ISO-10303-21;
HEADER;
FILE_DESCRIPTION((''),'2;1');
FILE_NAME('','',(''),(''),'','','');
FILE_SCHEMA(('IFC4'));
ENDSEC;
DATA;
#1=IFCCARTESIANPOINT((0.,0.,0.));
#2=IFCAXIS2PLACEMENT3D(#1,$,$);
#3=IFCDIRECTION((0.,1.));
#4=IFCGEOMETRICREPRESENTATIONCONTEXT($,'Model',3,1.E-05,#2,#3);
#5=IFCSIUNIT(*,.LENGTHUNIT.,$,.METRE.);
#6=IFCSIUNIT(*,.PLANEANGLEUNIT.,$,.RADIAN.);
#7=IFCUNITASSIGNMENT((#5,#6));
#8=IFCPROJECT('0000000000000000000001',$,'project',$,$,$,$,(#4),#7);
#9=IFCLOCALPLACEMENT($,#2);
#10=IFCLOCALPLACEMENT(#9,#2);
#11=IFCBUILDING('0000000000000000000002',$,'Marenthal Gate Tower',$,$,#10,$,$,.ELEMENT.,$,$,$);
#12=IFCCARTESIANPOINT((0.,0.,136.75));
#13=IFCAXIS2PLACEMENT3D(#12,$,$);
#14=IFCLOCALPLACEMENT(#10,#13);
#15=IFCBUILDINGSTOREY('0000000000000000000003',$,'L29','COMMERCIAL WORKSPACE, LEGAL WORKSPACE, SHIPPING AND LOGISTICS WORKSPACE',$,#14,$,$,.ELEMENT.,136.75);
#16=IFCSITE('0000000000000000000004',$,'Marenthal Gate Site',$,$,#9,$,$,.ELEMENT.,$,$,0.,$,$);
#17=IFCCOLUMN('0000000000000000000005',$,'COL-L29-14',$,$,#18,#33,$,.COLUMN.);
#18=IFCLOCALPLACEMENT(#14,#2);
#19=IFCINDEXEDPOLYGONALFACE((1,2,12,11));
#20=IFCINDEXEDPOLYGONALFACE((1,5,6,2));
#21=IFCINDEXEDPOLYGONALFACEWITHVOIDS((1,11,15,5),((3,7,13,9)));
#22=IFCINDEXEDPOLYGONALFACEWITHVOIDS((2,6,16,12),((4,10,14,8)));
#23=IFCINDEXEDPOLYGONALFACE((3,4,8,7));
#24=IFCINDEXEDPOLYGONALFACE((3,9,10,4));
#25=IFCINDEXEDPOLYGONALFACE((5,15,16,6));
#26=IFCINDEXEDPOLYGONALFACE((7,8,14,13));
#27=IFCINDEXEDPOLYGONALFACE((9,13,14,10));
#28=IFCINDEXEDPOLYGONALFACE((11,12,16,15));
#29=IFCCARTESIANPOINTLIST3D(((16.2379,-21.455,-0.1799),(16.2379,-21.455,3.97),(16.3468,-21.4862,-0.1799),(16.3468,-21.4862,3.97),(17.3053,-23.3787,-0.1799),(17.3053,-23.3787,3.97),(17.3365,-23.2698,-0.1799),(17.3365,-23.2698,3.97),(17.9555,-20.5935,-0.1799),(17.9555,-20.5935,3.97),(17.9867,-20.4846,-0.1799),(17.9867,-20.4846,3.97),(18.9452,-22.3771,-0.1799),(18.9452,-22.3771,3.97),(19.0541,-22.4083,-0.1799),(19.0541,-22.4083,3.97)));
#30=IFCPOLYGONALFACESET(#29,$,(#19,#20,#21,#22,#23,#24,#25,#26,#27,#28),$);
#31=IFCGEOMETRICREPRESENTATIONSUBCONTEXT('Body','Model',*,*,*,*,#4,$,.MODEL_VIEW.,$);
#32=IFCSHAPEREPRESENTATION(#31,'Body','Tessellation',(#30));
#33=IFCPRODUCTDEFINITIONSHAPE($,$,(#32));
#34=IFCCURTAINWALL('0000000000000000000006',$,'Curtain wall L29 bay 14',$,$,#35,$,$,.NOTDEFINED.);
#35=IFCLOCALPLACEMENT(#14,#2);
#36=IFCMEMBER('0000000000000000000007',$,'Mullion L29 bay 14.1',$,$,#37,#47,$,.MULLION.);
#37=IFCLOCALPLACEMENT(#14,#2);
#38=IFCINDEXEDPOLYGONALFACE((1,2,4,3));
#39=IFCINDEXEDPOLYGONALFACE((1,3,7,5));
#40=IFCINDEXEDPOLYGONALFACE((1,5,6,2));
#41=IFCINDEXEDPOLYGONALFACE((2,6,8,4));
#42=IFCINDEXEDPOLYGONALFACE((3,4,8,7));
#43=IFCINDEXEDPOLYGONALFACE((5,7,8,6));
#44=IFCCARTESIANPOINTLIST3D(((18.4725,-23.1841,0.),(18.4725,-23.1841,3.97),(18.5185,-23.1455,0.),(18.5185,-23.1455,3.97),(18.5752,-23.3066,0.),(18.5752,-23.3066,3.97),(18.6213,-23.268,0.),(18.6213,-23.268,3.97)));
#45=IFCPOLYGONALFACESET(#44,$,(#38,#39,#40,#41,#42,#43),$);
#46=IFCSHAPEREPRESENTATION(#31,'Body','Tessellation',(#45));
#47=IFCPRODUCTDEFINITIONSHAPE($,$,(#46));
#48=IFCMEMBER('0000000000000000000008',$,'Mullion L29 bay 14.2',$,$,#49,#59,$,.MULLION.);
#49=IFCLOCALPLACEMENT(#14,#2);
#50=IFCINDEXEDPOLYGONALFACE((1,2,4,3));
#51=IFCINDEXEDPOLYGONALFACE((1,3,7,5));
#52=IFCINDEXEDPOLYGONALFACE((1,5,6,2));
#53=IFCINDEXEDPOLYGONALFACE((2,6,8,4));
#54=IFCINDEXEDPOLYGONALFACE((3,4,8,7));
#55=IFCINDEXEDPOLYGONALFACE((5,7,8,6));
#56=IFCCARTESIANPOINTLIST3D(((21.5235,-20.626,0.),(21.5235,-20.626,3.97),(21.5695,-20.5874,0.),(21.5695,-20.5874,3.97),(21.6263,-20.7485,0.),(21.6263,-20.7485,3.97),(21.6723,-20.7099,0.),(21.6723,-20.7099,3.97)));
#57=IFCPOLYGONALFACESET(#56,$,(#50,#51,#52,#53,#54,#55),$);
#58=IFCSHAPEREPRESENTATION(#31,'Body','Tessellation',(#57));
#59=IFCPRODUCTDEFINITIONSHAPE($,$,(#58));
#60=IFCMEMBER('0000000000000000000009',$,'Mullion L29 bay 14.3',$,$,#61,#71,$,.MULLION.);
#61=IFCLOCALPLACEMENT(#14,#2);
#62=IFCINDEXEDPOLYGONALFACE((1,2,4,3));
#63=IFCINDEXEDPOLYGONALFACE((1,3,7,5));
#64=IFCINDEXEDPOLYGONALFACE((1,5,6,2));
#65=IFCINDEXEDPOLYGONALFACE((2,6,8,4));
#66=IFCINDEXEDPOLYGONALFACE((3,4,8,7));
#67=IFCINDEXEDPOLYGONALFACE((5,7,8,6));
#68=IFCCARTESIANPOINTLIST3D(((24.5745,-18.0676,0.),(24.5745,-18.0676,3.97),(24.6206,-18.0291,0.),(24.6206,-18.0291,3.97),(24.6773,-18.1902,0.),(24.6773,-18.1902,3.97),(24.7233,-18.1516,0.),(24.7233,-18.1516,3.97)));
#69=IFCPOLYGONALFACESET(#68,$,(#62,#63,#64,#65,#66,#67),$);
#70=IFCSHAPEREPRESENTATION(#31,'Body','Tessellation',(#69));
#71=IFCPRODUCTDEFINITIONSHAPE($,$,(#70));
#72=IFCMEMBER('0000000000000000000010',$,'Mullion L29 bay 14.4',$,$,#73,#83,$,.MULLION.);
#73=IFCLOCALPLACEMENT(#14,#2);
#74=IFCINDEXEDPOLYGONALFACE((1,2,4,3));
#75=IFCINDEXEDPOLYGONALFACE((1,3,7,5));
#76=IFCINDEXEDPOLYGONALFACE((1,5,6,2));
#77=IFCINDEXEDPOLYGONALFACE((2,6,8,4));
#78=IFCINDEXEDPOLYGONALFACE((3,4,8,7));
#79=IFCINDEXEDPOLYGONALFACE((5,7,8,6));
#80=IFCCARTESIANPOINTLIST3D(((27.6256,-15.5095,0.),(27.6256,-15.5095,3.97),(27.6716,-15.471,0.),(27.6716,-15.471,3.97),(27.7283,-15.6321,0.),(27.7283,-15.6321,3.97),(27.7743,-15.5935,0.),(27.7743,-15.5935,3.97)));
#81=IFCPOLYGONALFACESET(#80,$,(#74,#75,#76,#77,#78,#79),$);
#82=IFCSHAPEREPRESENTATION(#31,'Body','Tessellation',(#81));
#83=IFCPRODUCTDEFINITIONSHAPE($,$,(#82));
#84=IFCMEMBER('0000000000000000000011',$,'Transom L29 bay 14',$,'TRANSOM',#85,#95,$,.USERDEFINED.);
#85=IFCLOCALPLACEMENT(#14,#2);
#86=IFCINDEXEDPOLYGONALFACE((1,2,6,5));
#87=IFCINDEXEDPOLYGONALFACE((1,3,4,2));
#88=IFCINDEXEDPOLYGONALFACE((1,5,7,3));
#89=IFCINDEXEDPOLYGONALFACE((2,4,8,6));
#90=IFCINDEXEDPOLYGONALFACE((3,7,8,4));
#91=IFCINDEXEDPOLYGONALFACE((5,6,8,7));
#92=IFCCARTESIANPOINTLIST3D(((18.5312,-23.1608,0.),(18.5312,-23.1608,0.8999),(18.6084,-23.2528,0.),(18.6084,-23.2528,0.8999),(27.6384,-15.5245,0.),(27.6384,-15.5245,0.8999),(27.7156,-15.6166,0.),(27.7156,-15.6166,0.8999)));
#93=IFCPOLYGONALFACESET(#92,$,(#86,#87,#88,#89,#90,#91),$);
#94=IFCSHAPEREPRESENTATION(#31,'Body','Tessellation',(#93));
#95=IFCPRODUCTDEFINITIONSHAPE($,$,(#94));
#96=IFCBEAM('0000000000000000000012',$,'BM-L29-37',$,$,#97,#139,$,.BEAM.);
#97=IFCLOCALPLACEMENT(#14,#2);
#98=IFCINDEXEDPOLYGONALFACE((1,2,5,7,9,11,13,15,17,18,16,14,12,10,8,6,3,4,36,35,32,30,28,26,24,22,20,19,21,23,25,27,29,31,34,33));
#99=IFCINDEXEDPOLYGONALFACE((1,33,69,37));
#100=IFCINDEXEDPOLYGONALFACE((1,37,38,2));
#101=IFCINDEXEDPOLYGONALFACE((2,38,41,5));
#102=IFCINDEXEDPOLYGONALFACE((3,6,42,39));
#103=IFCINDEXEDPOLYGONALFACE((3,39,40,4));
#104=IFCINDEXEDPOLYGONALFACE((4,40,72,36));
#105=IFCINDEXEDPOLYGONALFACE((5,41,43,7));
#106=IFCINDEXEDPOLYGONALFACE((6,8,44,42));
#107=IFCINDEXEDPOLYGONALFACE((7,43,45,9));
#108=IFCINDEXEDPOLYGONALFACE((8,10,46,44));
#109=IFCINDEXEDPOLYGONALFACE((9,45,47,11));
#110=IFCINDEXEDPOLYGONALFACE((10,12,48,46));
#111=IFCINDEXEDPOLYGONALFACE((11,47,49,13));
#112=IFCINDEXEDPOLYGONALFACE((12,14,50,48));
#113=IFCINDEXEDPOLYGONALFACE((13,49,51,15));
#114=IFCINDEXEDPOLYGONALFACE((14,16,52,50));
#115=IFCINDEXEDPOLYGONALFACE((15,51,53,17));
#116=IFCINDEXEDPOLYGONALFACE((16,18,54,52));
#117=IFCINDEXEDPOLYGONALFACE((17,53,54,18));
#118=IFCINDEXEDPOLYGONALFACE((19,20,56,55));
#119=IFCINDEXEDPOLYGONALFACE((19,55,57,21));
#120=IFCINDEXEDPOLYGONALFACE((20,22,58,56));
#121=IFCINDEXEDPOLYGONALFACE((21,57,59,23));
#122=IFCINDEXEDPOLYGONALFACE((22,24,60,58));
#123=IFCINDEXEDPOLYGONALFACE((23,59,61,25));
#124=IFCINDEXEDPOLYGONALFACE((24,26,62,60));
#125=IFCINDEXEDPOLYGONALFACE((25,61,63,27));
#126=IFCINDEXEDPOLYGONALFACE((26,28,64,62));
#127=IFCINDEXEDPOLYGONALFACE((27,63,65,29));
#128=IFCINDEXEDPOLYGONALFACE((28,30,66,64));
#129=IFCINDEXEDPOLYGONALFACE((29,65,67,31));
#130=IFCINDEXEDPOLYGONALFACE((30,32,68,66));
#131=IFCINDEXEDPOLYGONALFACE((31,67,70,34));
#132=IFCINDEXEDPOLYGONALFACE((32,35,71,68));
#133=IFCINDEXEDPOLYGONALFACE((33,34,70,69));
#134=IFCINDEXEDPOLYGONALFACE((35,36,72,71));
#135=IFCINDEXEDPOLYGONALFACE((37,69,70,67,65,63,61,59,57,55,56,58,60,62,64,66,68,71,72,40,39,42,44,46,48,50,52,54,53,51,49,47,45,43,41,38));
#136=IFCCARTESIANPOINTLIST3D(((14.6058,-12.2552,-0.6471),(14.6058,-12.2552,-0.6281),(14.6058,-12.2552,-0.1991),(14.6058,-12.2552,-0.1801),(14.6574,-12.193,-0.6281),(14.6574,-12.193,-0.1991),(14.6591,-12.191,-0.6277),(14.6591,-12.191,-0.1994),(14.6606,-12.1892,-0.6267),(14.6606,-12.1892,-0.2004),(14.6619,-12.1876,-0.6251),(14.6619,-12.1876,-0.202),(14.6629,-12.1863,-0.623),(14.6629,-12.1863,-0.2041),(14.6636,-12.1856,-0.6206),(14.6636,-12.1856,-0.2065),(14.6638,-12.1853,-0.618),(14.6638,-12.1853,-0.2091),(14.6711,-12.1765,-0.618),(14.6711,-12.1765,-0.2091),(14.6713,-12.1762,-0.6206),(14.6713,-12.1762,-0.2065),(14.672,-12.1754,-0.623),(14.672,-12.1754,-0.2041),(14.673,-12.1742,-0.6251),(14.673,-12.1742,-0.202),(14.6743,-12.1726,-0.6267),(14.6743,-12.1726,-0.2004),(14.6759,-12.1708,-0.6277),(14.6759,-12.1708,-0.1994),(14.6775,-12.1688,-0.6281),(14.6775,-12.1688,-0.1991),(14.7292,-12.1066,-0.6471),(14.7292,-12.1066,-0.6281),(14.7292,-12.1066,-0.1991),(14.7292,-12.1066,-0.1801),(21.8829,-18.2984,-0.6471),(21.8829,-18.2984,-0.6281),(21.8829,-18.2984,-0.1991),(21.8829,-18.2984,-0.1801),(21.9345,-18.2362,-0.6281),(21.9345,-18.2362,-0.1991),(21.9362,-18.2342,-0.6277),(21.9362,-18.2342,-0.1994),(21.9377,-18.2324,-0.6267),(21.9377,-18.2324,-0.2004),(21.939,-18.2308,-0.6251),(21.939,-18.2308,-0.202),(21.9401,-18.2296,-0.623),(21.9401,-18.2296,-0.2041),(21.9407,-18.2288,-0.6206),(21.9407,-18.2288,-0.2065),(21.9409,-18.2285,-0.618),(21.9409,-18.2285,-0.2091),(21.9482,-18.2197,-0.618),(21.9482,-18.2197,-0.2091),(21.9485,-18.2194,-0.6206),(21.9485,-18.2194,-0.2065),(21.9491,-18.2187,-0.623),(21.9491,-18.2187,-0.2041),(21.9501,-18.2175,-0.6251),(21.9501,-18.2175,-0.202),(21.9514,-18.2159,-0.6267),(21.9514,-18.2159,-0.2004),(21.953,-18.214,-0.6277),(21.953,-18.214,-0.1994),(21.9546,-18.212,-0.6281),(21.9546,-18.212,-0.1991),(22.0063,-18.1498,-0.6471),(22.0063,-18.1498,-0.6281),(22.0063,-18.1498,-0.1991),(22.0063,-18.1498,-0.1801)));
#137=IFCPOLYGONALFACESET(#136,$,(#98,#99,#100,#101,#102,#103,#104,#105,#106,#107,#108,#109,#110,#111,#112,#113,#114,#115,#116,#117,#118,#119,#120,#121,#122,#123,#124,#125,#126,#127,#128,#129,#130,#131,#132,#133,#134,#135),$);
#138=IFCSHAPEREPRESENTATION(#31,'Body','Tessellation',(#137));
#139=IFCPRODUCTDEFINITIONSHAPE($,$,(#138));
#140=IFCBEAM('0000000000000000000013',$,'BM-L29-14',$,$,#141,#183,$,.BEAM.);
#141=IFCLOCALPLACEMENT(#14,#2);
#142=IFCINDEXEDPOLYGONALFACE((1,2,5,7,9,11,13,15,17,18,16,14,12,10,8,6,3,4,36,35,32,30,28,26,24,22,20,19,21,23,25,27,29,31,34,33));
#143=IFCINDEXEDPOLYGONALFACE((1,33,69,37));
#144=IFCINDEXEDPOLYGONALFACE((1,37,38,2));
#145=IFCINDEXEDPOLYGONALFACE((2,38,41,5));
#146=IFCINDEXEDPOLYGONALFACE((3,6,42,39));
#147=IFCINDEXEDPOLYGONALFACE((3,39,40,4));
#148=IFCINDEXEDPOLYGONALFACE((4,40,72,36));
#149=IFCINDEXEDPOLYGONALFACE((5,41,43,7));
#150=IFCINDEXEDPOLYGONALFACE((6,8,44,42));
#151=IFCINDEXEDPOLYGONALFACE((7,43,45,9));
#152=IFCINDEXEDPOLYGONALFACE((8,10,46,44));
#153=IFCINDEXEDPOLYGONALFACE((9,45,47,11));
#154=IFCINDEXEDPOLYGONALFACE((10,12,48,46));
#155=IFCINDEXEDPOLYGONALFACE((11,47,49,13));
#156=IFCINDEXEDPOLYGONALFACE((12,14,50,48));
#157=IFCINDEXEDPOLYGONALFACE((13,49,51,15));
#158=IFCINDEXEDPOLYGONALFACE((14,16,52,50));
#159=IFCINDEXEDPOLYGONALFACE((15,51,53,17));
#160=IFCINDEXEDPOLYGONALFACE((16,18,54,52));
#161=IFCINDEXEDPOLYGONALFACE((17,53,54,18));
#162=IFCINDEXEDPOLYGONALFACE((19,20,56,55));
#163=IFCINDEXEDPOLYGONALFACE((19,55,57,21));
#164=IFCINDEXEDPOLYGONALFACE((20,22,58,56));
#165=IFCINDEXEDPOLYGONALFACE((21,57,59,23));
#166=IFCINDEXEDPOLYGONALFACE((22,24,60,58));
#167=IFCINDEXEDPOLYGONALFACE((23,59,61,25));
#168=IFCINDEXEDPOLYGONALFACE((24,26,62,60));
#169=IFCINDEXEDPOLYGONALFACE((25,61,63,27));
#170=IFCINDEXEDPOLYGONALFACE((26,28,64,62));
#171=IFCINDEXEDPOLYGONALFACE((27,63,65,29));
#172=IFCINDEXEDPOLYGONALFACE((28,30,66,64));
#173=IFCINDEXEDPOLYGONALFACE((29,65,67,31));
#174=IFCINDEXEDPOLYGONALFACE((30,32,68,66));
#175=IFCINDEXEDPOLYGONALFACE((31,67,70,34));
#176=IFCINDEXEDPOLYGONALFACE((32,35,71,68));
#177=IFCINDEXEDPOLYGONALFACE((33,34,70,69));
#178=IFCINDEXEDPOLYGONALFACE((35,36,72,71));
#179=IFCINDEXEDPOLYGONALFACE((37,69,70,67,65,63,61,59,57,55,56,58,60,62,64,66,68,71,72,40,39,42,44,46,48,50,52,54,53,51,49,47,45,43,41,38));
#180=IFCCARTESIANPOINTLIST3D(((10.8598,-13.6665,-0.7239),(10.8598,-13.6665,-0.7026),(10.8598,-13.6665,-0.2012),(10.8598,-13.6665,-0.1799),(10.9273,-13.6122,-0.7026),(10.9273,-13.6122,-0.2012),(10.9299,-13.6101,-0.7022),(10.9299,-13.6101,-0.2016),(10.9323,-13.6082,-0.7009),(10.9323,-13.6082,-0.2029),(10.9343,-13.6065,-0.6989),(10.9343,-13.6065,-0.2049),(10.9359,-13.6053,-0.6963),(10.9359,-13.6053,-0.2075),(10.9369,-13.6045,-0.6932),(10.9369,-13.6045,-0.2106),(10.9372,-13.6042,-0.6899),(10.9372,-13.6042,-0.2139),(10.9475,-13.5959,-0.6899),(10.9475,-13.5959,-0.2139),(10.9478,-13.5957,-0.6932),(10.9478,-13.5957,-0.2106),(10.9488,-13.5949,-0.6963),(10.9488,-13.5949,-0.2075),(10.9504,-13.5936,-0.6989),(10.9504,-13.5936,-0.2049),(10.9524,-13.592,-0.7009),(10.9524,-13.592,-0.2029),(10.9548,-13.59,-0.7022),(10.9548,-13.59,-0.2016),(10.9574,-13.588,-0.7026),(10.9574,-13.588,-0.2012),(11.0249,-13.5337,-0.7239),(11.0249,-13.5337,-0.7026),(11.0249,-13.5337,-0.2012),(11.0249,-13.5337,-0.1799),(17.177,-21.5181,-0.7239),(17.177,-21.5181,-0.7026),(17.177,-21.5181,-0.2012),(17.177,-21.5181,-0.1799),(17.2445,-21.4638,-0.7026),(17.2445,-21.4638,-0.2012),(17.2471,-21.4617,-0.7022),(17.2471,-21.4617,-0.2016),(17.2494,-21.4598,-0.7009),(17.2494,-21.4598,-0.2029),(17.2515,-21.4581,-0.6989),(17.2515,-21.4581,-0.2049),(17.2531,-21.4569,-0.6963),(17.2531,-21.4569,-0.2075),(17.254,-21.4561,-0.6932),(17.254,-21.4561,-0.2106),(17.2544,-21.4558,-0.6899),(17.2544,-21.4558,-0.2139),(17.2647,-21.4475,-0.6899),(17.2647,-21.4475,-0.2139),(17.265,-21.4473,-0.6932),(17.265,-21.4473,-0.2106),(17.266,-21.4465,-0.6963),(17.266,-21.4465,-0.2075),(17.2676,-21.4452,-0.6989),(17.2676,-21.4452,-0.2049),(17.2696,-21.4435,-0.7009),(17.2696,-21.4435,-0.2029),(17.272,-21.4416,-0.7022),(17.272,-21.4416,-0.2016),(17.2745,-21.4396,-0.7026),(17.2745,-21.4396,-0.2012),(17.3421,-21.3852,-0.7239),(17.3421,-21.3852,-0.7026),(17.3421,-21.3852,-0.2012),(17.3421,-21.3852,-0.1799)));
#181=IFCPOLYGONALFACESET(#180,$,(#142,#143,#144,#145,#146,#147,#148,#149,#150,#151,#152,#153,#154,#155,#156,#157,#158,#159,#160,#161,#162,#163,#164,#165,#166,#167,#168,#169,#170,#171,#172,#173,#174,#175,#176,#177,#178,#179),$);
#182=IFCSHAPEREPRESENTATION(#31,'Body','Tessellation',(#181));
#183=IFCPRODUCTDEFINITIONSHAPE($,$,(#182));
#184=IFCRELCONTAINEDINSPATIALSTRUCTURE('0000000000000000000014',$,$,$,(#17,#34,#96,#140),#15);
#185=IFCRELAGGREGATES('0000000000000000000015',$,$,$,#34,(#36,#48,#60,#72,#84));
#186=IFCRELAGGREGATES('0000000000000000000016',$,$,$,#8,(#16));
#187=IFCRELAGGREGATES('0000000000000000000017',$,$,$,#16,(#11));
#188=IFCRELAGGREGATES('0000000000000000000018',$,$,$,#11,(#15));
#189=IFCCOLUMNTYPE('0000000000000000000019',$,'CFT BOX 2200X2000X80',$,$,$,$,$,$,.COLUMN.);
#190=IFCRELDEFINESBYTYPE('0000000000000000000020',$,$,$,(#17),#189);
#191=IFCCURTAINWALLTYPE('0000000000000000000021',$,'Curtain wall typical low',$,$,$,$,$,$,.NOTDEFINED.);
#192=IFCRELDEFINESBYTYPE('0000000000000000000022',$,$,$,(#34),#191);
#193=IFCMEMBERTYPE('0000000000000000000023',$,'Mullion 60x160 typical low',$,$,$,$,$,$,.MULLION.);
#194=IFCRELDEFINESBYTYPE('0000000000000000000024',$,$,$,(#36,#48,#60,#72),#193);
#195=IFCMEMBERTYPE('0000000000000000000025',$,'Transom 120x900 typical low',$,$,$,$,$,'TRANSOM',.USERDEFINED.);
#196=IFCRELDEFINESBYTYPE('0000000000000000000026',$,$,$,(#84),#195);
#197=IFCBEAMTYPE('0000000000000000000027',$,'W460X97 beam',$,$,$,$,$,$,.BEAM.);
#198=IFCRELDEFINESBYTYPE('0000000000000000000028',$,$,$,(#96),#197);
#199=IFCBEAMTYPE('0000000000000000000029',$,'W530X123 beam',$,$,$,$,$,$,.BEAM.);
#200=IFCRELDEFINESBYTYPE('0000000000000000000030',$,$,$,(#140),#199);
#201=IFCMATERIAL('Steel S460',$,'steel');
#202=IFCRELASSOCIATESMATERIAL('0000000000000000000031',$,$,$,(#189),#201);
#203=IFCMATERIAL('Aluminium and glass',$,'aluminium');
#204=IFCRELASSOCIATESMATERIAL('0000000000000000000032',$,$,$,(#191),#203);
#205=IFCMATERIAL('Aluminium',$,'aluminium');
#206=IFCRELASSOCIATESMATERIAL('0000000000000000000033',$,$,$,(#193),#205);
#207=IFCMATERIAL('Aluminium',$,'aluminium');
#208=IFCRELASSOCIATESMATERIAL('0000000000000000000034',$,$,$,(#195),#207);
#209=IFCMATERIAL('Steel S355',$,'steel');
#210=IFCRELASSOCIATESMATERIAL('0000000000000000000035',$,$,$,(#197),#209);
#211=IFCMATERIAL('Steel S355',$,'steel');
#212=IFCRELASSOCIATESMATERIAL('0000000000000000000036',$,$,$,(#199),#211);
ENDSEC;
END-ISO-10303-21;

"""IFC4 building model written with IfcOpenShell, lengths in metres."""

from ifc_helpers import new_model, si_unit, direction, frame, origin, origin_2d, place, context, subcontext, project, spatial, rectangle, hollow_rectangle, i_section, extrude, material, material_profile, profile_set, type_object, element, aggregate, save


model = new_model("IFC4")

# Units and contexts
model_context = context("Model", 3, precision=1e-05, world=origin(), true_north=direction((0.0, 1.0)))
body_context = subcontext(model_context, "Body", "Model", "MODEL_VIEW")
ifc_project = project(units=[si_unit("LENGTHUNIT", "METRE"), si_unit("PLANEANGLEUNIT", "RADIAN")], contexts=[model_context])

# Site, building, storey
site_placement = place(None, origin())
site = spatial("IfcSite", under=ifc_project, at=site_placement, Name="Marenthal Gate Site", CompositionType="ELEMENT", RefElevation=0.0)
building_placement = place(site_placement, origin())
building = spatial("IfcBuilding", under=site, at=building_placement, Name="Marenthal Gate Tower", CompositionType="ELEMENT")
storey_placement = place(building_placement, frame((0.0, 0.0, 136.75)))
storey = spatial("IfcBuildingStorey", under=building, at=storey_placement, Name="L29", Description="COMMERCIAL WORKSPACE, LEGAL WORKSPACE, SHIPPING AND LOGISTICS WORKSPACE", CompositionType="ELEMENT", Elevation=136.75)

# Column
ifc_material_1 = material(Name="Steel S460", Category="steel")
ifc_material_profile_1 = material_profile(ifc_material_1, hollow_rectangle(XDim=2.0, YDim=2.2, WallThickness=0.0801, at=origin_2d()), Name="CFT BOX 2200X2000X80")
ifc_material_2 = material(Name="Concrete 70 MPa", Category="concrete")
ifc_material_profile_2 = material_profile(ifc_material_2, rectangle(XDim=1.8401, YDim=2.04, at=origin_2d()), Name="CFT BOX 2200X2000X80 INFILL")
ifc_profile_set_1 = profile_set([ifc_material_profile_1, ifc_material_profile_2], Name="Steel S460 shell, Concrete 70 MPa infill")
column_type = type_object("IfcColumnType", Name="CFT BOX 2200X2000X80", PredefinedType="COLUMN", material=ifc_profile_set_1)
column_placement = place(storey_placement, frame((17.646, -21.9316, -0.1799), z_axis=(0.0, 0.0, 1.0), x_axis=(-0.874403, -0.4852, 0.0)))
element("IfcColumn", 1, at=column_placement, inside=storey, type_object=column_type, Name="COL-L29-14", PredefinedType="COLUMN", context=body_context, shape_type="SweptSolid", body=[
    extrude(hollow_rectangle(XDim=2.0, YDim=2.2, WallThickness=0.0801, at=origin_2d()), origin(), (0.0, 0.0, 1.0), 4.1499),
])

# Curtain wall, members
ifc_material_3 = material(Name="Aluminium and glass", Category="aluminium")
curtain_wall_type = type_object("IfcCurtainWallType", Name="Curtain wall typical low", PredefinedType="NOTDEFINED", material=ifc_material_3)
curtain_wall_placement = place(storey_placement, origin())
curtain_wall = element("IfcCurtainWall", 2, at=curtain_wall_placement, inside=storey, type_object=curtain_wall_type, Name="Curtain wall L29 bay 14", PredefinedType="NOTDEFINED")
ifc_material_4 = material(Name="Aluminium", Category="aluminium")
ifc_material_profile_3 = material_profile(ifc_material_4, rectangle(XDim=0.1599, YDim=0.0601, at=origin_2d()), Name="60x160 aluminium mullion")
ifc_profile_set_2 = profile_set([ifc_material_profile_3], Name="Aluminium")
member_type_1 = type_object("IfcMemberType", Name="Mullion 60x160 typical low", PredefinedType="MULLION", material=ifc_profile_set_2)
member_1_placement = place(storey_placement, frame((18.5469, -23.2261, 0.0), z_axis=(0.0, 0.0, 1.0), x_axis=(-0.642511, 0.766277, 0.0)))
member_1 = element("IfcMember", 3, at=member_1_placement, type_object=member_type_1, Name="Mullion L29 bay 14.1", PredefinedType="MULLION", context=body_context, shape_type="SweptSolid", body=[
    extrude(rectangle(XDim=0.1599, YDim=0.0601, at=origin_2d()), origin(), (0.0, 0.0, 1.0), 3.97),
])
member_2_placement = place(storey_placement, frame((21.5979, -20.668, 0.0), z_axis=(0.0, 0.0, 1.0), x_axis=(-0.642511, 0.766277, 0.0)))
member_2 = element("IfcMember", 4, at=member_2_placement, type_object=member_type_1, Name="Mullion L29 bay 14.2", PredefinedType="MULLION", context=body_context, shape_type="SweptSolid", body=[
    extrude(rectangle(XDim=0.1599, YDim=0.0601, at=origin_2d()), origin(), (0.0, 0.0, 1.0), 3.97),
])
member_3_placement = place(storey_placement, frame((24.6489, -18.1096, 0.0), z_axis=(0.0, 0.0, 1.0), x_axis=(-0.642511, 0.766277, 0.0)))
member_3 = element("IfcMember", 5, at=member_3_placement, type_object=member_type_1, Name="Mullion L29 bay 14.3", PredefinedType="MULLION", context=body_context, shape_type="SweptSolid", body=[
    extrude(rectangle(XDim=0.1599, YDim=0.0601, at=origin_2d()), origin(), (0.0, 0.0, 1.0), 3.97),
])
member_4_placement = place(storey_placement, frame((27.7, -15.5515, 0.0), z_axis=(0.0, 0.0, 1.0), x_axis=(-0.642511, 0.766277, 0.0)))
member_4 = element("IfcMember", 6, at=member_4_placement, type_object=member_type_1, Name="Mullion L29 bay 14.4", PredefinedType="MULLION", context=body_context, shape_type="SweptSolid", body=[
    extrude(rectangle(XDim=0.1599, YDim=0.0601, at=origin_2d()), origin(), (0.0, 0.0, 1.0), 3.97),
])
ifc_material_5 = material(Name="Aluminium", Category="aluminium")
ifc_material_profile_4 = material_profile(ifc_material_5, rectangle(XDim=0.1201, YDim=0.8999, at=origin_2d()), Name="120x900 aluminium transom")
ifc_profile_set_3 = profile_set([ifc_material_profile_4], Name="Aluminium")
member_type_2 = type_object("IfcMemberType", Name="Transom 120x900 typical low", ElementType="TRANSOM", PredefinedType="USERDEFINED", material=ifc_profile_set_3)
member_5_placement = place(storey_placement, frame((18.5698, -23.2068, 0.45), z_axis=(0.766276, 0.642511, 0.0), x_axis=(-0.642511, 0.766276, 0.0)))
member_5 = element("IfcMember", 7, at=member_5_placement, type_object=member_type_2, Name="Transom L29 bay 14", ObjectType="TRANSOM", PredefinedType="USERDEFINED", context=body_context, shape_type="SweptSolid", body=[
    extrude(rectangle(XDim=0.1201, YDim=0.8999, at=origin_2d()), origin(), (0.0, 0.0, 1.0), 11.885),
])

# Beams
ifc_material_6 = material(Name="Steel S355", Category="steel")
ifc_material_profile_5 = material_profile(ifc_material_6, i_section(OverallWidth=0.1931, OverallDepth=0.467, WebThickness=0.0115, FlangeThickness=0.019, FilletRadius=0.01, at=origin_2d()), Name="W460X97")
ifc_profile_set_4 = profile_set([ifc_material_profile_5], Name="Steel S355")
beam_type_1 = type_object("IfcBeamType", Name="W460X97 beam", PredefinedType="BEAM", material=ifc_profile_set_4)
beam_1_placement = place(storey_placement, frame((21.9446, -18.2241, -0.4136), z_axis=(-0.769314, 0.638871, 0.0), x_axis=(-0.638871, -0.769314, 0.0)))
element("IfcBeam", 8, at=beam_1_placement, inside=storey, type_object=beam_type_1, Name="BM-L29-37", PredefinedType="BEAM", context=body_context, shape_type="SweptSolid", body=[
    extrude(i_section(OverallWidth=0.1931, OverallDepth=0.467, WebThickness=0.0115, FlangeThickness=0.019, FilletRadius=0.01, at=origin_2d()), origin(), (0.0, 0.0, 1.0), 9.4592),
])
ifc_material_7 = material(Name="Steel S355", Category="steel")
ifc_material_profile_6 = material_profile(ifc_material_7, i_section(OverallWidth=0.2119, OverallDepth=0.5439, WebThickness=0.0132, FlangeThickness=0.0212, FilletRadius=0.0127, at=origin_2d()), Name="W530X123")
ifc_profile_set_5 = profile_set([ifc_material_profile_6], Name="Steel S355")
beam_type_2 = type_object("IfcBeamType", Name="W530X123 beam", PredefinedType="BEAM", material=ifc_profile_set_5)
beam_2_placement = place(storey_placement, frame((17.2595, -21.4517, -0.4519), z_axis=(-0.626864, 0.779129, 0.0), x_axis=(-0.779129, -0.626864, 0.0)))
element("IfcBeam", 9, at=beam_2_placement, inside=storey, type_object=beam_type_2, Name="BM-L29-14", PredefinedType="BEAM", context=body_context, shape_type="SweptSolid", body=[
    extrude(i_section(OverallWidth=0.2119, OverallDepth=0.5439, WebThickness=0.0132, FlangeThickness=0.0212, FilletRadius=0.0127, at=origin_2d()), origin(), (0.0, 0.0, 1.0), 10.0774),
])

aggregate(curtain_wall, [member_1, member_2, member_3, member_4, member_5])

save(model, "model.ifc")
